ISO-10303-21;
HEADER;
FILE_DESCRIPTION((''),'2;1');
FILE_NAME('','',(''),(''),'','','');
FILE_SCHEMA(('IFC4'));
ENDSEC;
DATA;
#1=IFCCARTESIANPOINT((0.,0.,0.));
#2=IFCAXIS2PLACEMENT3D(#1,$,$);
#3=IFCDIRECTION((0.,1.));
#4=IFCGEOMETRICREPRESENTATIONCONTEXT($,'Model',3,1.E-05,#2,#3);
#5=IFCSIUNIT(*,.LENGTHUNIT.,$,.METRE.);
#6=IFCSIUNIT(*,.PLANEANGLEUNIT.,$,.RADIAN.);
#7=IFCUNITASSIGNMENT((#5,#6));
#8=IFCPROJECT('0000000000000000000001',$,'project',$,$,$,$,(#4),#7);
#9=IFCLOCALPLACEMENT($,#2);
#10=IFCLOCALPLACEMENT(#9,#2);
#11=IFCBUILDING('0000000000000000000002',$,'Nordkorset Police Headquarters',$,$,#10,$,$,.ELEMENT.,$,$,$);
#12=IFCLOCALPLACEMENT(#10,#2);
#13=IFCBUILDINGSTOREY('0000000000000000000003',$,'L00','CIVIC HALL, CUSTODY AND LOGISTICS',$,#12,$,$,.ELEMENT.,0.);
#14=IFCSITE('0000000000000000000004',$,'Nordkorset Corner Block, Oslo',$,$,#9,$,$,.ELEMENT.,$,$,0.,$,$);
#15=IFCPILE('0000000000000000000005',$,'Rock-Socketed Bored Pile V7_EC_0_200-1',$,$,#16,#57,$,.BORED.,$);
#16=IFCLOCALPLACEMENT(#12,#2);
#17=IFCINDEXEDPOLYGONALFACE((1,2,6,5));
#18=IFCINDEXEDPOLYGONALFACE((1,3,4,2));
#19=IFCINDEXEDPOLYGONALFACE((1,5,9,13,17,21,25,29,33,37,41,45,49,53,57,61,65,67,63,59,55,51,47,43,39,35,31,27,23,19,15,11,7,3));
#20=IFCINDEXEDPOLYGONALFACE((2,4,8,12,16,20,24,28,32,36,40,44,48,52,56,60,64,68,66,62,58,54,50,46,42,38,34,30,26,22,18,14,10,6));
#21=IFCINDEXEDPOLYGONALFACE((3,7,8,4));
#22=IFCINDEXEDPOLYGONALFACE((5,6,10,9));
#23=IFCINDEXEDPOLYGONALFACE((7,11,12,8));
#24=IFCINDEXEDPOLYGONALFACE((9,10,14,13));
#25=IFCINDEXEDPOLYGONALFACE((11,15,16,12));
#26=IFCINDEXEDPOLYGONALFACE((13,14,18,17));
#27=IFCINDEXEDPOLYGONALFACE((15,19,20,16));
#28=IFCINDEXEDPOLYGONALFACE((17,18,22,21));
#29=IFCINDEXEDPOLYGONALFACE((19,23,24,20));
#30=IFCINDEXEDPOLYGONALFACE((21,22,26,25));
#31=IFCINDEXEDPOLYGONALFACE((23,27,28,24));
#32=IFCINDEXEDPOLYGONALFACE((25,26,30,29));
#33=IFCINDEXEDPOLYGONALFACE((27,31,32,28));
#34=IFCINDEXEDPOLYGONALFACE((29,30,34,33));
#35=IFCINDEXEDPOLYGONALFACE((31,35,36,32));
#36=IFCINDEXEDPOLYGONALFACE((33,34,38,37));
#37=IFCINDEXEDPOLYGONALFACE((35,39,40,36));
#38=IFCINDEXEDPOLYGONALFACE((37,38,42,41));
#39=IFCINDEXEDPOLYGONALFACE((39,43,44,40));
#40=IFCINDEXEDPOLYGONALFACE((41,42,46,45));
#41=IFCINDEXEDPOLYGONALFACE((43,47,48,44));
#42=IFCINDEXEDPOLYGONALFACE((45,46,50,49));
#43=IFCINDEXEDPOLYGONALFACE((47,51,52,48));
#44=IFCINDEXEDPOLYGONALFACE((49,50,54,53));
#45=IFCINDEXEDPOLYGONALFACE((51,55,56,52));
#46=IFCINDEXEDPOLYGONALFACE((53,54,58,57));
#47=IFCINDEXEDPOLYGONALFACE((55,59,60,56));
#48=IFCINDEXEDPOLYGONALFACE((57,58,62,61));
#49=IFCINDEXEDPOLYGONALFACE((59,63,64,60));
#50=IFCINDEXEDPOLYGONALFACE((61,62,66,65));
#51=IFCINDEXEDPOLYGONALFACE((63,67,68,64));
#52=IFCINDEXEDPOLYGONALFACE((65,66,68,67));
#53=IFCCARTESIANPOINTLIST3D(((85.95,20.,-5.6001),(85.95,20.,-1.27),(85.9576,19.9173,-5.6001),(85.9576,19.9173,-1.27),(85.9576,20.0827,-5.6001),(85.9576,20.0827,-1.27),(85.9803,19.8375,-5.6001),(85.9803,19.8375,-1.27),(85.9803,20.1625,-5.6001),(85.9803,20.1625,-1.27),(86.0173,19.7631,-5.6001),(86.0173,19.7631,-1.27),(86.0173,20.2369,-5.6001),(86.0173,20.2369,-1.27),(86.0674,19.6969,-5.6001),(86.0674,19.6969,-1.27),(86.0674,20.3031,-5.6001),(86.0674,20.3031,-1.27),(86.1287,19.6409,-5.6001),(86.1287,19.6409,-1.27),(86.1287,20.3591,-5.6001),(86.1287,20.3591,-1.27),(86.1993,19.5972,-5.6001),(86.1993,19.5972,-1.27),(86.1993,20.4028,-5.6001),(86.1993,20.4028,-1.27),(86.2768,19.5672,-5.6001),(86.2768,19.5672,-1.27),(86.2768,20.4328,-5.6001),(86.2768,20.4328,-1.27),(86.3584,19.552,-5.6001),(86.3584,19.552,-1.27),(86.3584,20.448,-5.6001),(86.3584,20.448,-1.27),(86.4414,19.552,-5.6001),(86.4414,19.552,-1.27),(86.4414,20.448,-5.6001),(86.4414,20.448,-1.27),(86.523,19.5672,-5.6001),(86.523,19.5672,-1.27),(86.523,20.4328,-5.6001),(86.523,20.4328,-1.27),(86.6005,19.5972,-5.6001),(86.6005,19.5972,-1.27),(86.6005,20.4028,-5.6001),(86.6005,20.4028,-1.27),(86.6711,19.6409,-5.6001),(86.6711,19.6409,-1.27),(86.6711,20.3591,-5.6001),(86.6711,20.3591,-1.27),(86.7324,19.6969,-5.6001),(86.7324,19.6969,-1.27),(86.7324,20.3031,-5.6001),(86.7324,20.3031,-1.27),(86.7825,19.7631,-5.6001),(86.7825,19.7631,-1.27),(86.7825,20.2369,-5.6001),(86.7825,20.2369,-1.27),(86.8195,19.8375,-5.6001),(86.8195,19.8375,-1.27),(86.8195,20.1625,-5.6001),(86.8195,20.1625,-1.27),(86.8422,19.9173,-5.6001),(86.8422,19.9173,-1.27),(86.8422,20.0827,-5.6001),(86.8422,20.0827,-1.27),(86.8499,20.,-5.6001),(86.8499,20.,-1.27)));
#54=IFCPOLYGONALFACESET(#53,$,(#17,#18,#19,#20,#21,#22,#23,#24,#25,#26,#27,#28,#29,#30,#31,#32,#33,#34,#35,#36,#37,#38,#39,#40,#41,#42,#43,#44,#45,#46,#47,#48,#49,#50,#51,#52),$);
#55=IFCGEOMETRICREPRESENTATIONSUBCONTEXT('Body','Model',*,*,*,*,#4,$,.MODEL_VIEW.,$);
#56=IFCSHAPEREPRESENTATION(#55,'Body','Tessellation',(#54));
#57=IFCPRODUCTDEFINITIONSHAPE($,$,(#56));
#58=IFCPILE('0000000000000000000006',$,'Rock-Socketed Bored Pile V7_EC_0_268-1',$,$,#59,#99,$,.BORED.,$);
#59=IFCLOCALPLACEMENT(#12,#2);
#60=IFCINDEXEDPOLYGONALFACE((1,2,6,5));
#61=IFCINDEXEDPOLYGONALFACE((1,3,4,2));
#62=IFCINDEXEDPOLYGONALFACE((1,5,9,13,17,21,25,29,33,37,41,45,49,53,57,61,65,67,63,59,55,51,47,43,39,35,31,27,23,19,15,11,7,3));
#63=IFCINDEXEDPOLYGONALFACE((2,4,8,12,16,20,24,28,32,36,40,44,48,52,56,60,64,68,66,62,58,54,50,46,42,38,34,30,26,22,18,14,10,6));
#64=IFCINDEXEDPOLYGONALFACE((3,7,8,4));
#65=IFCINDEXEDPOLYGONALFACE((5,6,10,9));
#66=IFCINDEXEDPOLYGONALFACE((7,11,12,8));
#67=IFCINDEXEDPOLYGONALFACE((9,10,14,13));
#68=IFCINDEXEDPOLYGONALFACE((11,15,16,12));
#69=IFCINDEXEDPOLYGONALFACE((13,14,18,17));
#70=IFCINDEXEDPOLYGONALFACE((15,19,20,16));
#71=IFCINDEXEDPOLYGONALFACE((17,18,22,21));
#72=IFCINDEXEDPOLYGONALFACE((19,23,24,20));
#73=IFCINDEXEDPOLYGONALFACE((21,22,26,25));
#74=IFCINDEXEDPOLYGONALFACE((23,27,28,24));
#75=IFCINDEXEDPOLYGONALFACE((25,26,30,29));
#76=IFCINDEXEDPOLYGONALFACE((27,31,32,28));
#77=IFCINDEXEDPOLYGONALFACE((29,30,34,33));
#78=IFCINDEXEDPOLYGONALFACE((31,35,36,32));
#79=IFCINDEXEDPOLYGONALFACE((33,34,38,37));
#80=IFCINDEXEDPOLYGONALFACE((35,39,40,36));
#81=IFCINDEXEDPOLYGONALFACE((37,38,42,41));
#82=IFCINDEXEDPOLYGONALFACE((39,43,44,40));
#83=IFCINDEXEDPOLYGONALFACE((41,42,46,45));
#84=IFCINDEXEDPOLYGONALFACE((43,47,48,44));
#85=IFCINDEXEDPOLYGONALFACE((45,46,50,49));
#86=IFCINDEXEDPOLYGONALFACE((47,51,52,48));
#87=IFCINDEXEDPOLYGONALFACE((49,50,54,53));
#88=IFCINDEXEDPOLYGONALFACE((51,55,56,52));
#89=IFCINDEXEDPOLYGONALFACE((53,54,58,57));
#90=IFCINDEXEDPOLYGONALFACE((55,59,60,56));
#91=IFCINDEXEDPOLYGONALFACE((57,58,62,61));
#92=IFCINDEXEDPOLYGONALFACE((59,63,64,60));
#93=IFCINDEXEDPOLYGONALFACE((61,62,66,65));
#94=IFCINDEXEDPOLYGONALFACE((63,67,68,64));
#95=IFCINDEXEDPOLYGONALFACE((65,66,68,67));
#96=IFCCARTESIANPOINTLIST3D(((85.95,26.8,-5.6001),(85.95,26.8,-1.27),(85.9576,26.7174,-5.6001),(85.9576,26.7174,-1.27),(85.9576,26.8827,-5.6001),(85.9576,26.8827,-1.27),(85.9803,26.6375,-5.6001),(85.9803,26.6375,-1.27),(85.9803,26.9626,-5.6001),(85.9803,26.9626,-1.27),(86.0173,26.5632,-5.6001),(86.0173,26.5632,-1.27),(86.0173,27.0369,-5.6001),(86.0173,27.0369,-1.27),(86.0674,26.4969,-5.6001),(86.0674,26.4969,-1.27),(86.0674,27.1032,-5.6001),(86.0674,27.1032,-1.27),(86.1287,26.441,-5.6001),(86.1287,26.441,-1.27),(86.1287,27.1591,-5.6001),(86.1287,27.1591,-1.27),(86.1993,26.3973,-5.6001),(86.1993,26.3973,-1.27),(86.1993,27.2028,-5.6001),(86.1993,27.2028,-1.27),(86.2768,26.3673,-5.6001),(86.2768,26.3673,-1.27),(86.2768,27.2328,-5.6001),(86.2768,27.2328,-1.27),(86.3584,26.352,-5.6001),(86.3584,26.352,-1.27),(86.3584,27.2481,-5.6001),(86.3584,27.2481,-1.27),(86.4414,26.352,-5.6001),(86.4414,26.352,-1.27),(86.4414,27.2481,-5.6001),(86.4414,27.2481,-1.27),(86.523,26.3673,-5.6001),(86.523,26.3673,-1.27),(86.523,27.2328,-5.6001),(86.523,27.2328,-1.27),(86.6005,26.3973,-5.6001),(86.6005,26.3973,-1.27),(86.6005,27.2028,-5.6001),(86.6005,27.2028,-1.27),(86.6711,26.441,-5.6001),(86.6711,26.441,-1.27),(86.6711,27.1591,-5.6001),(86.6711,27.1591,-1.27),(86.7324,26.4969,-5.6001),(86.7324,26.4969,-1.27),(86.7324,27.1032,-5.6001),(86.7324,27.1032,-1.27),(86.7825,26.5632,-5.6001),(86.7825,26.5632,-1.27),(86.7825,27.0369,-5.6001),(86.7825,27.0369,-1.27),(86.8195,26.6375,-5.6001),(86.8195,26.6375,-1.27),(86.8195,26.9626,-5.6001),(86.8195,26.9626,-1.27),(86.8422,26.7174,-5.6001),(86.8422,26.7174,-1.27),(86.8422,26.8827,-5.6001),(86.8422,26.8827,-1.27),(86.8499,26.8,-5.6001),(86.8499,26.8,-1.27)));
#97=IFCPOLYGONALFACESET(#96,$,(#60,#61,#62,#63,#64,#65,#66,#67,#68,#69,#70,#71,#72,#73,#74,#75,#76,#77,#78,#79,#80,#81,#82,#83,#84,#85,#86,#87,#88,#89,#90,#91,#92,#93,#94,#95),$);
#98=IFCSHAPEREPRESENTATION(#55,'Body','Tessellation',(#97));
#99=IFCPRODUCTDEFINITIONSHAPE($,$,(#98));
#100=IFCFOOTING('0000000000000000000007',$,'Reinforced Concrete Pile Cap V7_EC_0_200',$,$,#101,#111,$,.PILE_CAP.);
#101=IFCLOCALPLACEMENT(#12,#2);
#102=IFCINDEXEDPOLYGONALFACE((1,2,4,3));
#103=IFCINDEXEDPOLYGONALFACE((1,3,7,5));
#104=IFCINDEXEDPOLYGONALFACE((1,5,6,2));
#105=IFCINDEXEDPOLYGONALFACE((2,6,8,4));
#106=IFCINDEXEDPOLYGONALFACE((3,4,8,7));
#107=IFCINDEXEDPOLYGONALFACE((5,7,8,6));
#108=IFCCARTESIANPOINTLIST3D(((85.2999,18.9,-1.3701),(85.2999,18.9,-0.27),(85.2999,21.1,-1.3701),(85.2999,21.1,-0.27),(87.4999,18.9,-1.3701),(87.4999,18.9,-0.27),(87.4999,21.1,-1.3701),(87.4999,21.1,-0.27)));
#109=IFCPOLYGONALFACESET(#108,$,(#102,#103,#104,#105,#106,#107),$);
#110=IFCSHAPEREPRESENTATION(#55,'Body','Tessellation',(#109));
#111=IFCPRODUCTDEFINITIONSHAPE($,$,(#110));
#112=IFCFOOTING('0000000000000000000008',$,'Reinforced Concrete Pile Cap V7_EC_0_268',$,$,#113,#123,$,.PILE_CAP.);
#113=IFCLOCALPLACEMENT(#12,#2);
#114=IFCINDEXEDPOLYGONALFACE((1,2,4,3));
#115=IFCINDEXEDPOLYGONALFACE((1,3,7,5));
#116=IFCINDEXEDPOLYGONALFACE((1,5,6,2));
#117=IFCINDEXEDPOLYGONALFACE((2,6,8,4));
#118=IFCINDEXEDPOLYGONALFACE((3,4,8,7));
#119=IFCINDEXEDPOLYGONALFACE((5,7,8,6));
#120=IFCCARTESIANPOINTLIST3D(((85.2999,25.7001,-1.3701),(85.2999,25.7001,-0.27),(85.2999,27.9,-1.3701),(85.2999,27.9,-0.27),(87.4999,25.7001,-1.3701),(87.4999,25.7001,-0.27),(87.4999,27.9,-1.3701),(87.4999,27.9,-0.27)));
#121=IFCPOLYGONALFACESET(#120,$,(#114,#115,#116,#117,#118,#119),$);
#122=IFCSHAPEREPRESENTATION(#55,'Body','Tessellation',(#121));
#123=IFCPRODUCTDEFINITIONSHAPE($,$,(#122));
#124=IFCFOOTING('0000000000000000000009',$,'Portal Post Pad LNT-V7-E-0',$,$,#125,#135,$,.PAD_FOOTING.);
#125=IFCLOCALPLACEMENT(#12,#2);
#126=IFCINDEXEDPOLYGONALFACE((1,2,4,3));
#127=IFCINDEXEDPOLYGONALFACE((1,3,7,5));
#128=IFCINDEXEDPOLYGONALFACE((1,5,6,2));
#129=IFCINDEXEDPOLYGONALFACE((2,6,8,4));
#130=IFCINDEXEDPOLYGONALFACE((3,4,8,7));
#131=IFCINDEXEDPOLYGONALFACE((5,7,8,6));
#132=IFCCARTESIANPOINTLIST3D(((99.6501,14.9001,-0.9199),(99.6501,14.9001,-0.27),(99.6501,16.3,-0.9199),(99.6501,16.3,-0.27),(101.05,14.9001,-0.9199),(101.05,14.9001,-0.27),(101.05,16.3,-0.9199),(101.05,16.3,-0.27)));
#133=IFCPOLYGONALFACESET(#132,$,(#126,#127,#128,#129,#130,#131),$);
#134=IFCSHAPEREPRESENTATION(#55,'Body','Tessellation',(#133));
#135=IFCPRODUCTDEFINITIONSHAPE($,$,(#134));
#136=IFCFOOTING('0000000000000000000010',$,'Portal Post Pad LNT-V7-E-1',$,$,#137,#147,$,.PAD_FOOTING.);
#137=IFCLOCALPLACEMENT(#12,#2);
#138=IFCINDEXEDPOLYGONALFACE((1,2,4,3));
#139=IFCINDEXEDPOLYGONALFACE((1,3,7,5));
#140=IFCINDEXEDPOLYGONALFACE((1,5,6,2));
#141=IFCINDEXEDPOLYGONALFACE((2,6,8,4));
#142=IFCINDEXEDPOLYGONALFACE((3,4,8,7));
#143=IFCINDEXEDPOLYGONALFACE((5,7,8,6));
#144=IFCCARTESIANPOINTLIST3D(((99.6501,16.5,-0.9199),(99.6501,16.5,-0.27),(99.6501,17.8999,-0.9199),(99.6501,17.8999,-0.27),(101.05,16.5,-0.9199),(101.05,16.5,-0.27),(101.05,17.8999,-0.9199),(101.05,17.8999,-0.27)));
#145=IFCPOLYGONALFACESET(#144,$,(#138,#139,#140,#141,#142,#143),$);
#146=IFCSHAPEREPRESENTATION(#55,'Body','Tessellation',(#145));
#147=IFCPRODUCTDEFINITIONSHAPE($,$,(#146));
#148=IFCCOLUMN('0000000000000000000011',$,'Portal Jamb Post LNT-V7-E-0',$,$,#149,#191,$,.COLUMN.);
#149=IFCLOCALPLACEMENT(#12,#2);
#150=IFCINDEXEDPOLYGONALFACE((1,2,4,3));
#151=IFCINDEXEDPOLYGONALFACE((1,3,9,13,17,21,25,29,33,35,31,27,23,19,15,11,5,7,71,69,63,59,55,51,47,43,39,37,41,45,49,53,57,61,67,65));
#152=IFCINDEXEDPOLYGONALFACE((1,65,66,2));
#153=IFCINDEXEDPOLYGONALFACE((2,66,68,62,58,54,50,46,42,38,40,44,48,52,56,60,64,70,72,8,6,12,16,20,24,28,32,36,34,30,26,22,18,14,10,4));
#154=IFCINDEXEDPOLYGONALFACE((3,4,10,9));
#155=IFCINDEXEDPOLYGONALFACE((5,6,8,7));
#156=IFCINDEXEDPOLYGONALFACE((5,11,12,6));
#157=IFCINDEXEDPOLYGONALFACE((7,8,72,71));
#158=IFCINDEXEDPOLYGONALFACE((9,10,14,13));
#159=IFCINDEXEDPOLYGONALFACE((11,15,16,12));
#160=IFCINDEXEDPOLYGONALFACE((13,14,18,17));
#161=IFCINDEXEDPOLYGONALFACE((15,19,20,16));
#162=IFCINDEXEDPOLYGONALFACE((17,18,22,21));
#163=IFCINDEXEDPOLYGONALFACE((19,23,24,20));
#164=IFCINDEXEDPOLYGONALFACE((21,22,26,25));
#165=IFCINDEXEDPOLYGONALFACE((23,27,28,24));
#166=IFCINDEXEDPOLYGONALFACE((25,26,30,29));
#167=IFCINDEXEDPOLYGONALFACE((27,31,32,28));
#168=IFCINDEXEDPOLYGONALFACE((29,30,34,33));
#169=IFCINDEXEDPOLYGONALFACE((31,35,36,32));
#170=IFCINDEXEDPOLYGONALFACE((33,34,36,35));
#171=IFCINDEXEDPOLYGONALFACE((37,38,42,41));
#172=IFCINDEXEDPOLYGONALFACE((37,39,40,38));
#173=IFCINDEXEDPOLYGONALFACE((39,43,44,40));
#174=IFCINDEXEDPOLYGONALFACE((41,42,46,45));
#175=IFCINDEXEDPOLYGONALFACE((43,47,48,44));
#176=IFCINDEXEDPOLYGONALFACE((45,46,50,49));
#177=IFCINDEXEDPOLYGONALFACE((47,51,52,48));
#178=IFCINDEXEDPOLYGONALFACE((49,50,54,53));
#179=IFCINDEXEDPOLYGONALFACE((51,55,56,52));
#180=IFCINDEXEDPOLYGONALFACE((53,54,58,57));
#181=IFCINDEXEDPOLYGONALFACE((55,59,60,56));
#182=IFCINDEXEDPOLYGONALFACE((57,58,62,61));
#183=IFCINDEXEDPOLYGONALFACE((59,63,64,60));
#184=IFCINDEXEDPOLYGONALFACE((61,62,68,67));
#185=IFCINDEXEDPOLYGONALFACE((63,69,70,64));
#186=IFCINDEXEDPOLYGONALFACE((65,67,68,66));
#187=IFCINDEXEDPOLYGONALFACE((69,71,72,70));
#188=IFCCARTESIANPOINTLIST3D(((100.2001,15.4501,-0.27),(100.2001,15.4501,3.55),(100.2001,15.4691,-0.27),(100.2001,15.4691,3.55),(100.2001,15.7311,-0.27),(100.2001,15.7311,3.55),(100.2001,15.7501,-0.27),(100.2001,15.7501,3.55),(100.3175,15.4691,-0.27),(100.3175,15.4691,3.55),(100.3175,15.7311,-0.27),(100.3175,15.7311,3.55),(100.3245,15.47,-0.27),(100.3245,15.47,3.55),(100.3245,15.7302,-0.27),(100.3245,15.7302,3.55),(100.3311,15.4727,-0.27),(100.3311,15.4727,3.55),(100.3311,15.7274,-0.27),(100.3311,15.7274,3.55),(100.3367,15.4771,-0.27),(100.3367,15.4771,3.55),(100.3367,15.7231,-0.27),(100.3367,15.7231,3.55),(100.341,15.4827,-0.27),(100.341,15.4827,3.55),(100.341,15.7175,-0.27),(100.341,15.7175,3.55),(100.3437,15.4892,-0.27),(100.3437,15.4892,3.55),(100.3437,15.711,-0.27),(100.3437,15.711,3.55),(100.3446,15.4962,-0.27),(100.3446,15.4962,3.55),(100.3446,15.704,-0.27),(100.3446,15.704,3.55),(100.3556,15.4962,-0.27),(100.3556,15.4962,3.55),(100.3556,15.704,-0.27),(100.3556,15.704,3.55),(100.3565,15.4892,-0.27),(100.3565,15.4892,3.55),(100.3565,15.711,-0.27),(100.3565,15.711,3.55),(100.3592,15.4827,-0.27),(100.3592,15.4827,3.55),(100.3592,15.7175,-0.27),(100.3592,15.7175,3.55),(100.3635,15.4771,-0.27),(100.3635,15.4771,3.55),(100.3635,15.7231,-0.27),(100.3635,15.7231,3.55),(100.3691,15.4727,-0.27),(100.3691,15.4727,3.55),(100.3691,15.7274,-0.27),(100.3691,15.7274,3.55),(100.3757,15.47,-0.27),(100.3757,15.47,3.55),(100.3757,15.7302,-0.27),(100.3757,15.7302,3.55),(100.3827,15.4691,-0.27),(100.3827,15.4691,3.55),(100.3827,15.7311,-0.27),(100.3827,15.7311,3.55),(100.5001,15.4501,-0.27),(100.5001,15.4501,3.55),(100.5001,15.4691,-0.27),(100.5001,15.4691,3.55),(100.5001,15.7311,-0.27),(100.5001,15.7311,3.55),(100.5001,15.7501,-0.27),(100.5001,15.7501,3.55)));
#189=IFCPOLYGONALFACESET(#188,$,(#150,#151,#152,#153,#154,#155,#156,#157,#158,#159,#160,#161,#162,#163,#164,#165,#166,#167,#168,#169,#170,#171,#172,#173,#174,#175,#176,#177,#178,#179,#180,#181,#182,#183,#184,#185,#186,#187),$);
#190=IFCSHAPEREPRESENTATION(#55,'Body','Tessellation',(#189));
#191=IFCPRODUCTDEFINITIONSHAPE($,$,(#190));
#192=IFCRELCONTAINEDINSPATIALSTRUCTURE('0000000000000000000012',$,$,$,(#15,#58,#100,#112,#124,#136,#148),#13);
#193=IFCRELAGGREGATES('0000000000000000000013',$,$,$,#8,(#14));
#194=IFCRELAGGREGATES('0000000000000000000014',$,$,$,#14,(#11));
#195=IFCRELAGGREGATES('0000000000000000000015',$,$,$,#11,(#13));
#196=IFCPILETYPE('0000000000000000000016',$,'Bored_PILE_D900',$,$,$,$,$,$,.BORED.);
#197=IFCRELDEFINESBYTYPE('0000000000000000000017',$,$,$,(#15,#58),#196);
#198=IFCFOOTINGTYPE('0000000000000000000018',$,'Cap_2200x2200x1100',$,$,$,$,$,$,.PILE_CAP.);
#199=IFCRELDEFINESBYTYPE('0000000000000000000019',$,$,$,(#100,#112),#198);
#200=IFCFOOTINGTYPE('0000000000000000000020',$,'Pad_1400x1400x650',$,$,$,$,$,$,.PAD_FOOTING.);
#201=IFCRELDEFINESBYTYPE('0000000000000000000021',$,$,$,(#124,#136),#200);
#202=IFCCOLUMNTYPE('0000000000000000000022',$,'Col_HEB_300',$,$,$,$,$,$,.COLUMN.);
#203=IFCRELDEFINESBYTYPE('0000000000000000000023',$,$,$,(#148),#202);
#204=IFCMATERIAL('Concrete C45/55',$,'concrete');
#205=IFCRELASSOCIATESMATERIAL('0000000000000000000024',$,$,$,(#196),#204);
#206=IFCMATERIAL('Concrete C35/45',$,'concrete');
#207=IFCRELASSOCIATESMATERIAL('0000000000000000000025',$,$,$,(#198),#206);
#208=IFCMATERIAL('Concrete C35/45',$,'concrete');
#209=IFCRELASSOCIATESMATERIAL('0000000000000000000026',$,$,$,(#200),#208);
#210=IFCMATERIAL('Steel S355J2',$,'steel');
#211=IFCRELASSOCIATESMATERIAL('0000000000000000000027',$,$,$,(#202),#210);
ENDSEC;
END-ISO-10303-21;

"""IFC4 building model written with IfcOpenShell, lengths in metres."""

from ifc_helpers import new_model, si_unit, direction, frame, origin, origin_2d, place, context, subcontext, project, spatial, rectangle, circle, i_section, extrude, material, material_profile, profile_set, type_object, element, save


model = new_model("IFC4")

# Units and contexts
model_context = context("Model", 3, precision=1e-05, world=origin(), true_north=direction((0.0, 1.0)))
body_context = subcontext(model_context, "Body", "Model", "MODEL_VIEW")
ifc_project = project(units=[si_unit("LENGTHUNIT", "METRE"), si_unit("PLANEANGLEUNIT", "RADIAN")], contexts=[model_context])

# Site, building, storey
site_placement = place(None, origin())
site = spatial("IfcSite", under=ifc_project, at=site_placement, Name="Nordkorset Corner Block, Oslo", CompositionType="ELEMENT", RefElevation=0.0)
building_placement = place(site_placement, origin())
building = spatial("IfcBuilding", under=site, at=building_placement, Name="Nordkorset Police Headquarters", CompositionType="ELEMENT")
storey_placement = place(building_placement, origin())
storey = spatial("IfcBuildingStorey", under=building, at=storey_placement, Name="L00", Description="CIVIC HALL, CUSTODY AND LOGISTICS", CompositionType="ELEMENT", Elevation=0.0)

# Piles
ifc_material_1 = material(Name="Concrete C45/55", Category="concrete")
ifc_material_profile_1 = material_profile(ifc_material_1, circle(Radius=0.45, at=origin_2d()), Name="PILE D900")
ifc_profile_set_1 = profile_set([ifc_material_profile_1], Name="Concrete C45/55")
pile_type = type_object("IfcPileType", Name="Bored_PILE_D900", PredefinedType="BORED", material=ifc_profile_set_1)
for number, where, z_axis, x_axis, name in (
    (1, (86.3999, 20.0, -1.27), (0.0, 0.0, -1.0), (1.0, 0.0, 0.0), "Rock-Socketed Bored Pile V7_EC_0_200-1"),
    (2, (86.3999, 26.8, -1.27), (0.0, 0.0, -1.0), (1.0, 0.0, 0.0), "Rock-Socketed Bored Pile V7_EC_0_268-1"),
):
    element("IfcPile", number, at=place(storey_placement, frame(where, z_axis=z_axis, x_axis=x_axis)), inside=storey, type_object=pile_type, Name=name, PredefinedType="BORED", context=body_context, shape_type="SweptSolid", body=[
        extrude(circle(Radius=0.45, at=origin_2d()), origin(), (0.0, 0.0, 1.0), 4.3301),
    ])

# Footings
ifc_material_2 = material(Name="Concrete C35/45", Category="concrete")
footing_type_1 = type_object("IfcFootingType", Name="Cap_2200x2200x1100", PredefinedType="PILE_CAP", material=ifc_material_2)
for number, where, z_axis, x_axis, name in (
    (3, (86.3999, 20.0, -1.3701), (0.0, 0.0, 1.0), (1.0, 0.0, 0.0), "Reinforced Concrete Pile Cap V7_EC_0_200"),
    (4, (86.3999, 26.8, -1.3701), (0.0, 0.0, 1.0), (1.0, 0.0, 0.0), "Reinforced Concrete Pile Cap V7_EC_0_268"),
):
    element("IfcFooting", number, at=place(storey_placement, frame(where, z_axis=z_axis, x_axis=x_axis)), inside=storey, type_object=footing_type_1, Name=name, PredefinedType="PILE_CAP", context=body_context, shape_type="SweptSolid", body=[
        extrude(rectangle(XDim=2.2, YDim=2.2, at=origin_2d()), origin(), (0.0, 0.0, 1.0), 1.1001),
    ])
ifc_material_3 = material(Name="Concrete C35/45", Category="concrete")
footing_type_2 = type_object("IfcFootingType", Name="Pad_1400x1400x650", PredefinedType="PAD_FOOTING", material=ifc_material_3)
for number, where, z_axis, x_axis, name in (
    (5, (100.3501, 15.6001, -0.9199), (0.0, 0.0, 1.0), (1.0, 0.0, 0.0), "Portal Post Pad LNT-V7-E-0"),
    (6, (100.3501, 17.2, -0.9199), (0.0, 0.0, 1.0), (1.0, 0.0, 0.0), "Portal Post Pad LNT-V7-E-1"),
):
    element("IfcFooting", number, at=place(storey_placement, frame(where, z_axis=z_axis, x_axis=x_axis)), inside=storey, type_object=footing_type_2, Name=name, PredefinedType="PAD_FOOTING", context=body_context, shape_type="SweptSolid", body=[
        extrude(rectangle(XDim=1.3999, YDim=1.3999, at=origin_2d()), origin(), (0.0, 0.0, 1.0), 0.6499),
    ])

# Column
ifc_material_4 = material(Name="Steel S355J2", Category="steel")
ifc_material_profile_2 = material_profile(ifc_material_4, i_section(OverallWidth=0.3, OverallDepth=0.3, WebThickness=0.011, FlangeThickness=0.019, FilletRadius=0.0271, at=origin_2d()), Name="HEB 300")
ifc_profile_set_2 = profile_set([ifc_material_profile_2], Name="Steel S355J2")
column_type_1 = type_object("IfcColumnType", Name="Col_HEB_300", PredefinedType="COLUMN", material=ifc_profile_set_2)
for number, where, z_axis, x_axis, name in (
    (7, (100.3501, 15.6001, -0.27), (0.0, 0.0, 1.0), (1.0, 0.0, 0.0), "Portal Jamb Post LNT-V7-E-0"),
):
    element("IfcColumn", number, at=place(storey_placement, frame(where, z_axis=z_axis, x_axis=x_axis)), inside=storey, type_object=column_type_1, Name=name, PredefinedType="COLUMN", context=body_context, shape_type="SweptSolid", body=[
        extrude(i_section(OverallWidth=0.3, OverallDepth=0.3, WebThickness=0.011, FlangeThickness=0.019, FilletRadius=0.0271, at=origin_2d()), origin(), (0.0, 0.0, 1.0), 3.8201),
    ])

save(model, "model.ifc")
